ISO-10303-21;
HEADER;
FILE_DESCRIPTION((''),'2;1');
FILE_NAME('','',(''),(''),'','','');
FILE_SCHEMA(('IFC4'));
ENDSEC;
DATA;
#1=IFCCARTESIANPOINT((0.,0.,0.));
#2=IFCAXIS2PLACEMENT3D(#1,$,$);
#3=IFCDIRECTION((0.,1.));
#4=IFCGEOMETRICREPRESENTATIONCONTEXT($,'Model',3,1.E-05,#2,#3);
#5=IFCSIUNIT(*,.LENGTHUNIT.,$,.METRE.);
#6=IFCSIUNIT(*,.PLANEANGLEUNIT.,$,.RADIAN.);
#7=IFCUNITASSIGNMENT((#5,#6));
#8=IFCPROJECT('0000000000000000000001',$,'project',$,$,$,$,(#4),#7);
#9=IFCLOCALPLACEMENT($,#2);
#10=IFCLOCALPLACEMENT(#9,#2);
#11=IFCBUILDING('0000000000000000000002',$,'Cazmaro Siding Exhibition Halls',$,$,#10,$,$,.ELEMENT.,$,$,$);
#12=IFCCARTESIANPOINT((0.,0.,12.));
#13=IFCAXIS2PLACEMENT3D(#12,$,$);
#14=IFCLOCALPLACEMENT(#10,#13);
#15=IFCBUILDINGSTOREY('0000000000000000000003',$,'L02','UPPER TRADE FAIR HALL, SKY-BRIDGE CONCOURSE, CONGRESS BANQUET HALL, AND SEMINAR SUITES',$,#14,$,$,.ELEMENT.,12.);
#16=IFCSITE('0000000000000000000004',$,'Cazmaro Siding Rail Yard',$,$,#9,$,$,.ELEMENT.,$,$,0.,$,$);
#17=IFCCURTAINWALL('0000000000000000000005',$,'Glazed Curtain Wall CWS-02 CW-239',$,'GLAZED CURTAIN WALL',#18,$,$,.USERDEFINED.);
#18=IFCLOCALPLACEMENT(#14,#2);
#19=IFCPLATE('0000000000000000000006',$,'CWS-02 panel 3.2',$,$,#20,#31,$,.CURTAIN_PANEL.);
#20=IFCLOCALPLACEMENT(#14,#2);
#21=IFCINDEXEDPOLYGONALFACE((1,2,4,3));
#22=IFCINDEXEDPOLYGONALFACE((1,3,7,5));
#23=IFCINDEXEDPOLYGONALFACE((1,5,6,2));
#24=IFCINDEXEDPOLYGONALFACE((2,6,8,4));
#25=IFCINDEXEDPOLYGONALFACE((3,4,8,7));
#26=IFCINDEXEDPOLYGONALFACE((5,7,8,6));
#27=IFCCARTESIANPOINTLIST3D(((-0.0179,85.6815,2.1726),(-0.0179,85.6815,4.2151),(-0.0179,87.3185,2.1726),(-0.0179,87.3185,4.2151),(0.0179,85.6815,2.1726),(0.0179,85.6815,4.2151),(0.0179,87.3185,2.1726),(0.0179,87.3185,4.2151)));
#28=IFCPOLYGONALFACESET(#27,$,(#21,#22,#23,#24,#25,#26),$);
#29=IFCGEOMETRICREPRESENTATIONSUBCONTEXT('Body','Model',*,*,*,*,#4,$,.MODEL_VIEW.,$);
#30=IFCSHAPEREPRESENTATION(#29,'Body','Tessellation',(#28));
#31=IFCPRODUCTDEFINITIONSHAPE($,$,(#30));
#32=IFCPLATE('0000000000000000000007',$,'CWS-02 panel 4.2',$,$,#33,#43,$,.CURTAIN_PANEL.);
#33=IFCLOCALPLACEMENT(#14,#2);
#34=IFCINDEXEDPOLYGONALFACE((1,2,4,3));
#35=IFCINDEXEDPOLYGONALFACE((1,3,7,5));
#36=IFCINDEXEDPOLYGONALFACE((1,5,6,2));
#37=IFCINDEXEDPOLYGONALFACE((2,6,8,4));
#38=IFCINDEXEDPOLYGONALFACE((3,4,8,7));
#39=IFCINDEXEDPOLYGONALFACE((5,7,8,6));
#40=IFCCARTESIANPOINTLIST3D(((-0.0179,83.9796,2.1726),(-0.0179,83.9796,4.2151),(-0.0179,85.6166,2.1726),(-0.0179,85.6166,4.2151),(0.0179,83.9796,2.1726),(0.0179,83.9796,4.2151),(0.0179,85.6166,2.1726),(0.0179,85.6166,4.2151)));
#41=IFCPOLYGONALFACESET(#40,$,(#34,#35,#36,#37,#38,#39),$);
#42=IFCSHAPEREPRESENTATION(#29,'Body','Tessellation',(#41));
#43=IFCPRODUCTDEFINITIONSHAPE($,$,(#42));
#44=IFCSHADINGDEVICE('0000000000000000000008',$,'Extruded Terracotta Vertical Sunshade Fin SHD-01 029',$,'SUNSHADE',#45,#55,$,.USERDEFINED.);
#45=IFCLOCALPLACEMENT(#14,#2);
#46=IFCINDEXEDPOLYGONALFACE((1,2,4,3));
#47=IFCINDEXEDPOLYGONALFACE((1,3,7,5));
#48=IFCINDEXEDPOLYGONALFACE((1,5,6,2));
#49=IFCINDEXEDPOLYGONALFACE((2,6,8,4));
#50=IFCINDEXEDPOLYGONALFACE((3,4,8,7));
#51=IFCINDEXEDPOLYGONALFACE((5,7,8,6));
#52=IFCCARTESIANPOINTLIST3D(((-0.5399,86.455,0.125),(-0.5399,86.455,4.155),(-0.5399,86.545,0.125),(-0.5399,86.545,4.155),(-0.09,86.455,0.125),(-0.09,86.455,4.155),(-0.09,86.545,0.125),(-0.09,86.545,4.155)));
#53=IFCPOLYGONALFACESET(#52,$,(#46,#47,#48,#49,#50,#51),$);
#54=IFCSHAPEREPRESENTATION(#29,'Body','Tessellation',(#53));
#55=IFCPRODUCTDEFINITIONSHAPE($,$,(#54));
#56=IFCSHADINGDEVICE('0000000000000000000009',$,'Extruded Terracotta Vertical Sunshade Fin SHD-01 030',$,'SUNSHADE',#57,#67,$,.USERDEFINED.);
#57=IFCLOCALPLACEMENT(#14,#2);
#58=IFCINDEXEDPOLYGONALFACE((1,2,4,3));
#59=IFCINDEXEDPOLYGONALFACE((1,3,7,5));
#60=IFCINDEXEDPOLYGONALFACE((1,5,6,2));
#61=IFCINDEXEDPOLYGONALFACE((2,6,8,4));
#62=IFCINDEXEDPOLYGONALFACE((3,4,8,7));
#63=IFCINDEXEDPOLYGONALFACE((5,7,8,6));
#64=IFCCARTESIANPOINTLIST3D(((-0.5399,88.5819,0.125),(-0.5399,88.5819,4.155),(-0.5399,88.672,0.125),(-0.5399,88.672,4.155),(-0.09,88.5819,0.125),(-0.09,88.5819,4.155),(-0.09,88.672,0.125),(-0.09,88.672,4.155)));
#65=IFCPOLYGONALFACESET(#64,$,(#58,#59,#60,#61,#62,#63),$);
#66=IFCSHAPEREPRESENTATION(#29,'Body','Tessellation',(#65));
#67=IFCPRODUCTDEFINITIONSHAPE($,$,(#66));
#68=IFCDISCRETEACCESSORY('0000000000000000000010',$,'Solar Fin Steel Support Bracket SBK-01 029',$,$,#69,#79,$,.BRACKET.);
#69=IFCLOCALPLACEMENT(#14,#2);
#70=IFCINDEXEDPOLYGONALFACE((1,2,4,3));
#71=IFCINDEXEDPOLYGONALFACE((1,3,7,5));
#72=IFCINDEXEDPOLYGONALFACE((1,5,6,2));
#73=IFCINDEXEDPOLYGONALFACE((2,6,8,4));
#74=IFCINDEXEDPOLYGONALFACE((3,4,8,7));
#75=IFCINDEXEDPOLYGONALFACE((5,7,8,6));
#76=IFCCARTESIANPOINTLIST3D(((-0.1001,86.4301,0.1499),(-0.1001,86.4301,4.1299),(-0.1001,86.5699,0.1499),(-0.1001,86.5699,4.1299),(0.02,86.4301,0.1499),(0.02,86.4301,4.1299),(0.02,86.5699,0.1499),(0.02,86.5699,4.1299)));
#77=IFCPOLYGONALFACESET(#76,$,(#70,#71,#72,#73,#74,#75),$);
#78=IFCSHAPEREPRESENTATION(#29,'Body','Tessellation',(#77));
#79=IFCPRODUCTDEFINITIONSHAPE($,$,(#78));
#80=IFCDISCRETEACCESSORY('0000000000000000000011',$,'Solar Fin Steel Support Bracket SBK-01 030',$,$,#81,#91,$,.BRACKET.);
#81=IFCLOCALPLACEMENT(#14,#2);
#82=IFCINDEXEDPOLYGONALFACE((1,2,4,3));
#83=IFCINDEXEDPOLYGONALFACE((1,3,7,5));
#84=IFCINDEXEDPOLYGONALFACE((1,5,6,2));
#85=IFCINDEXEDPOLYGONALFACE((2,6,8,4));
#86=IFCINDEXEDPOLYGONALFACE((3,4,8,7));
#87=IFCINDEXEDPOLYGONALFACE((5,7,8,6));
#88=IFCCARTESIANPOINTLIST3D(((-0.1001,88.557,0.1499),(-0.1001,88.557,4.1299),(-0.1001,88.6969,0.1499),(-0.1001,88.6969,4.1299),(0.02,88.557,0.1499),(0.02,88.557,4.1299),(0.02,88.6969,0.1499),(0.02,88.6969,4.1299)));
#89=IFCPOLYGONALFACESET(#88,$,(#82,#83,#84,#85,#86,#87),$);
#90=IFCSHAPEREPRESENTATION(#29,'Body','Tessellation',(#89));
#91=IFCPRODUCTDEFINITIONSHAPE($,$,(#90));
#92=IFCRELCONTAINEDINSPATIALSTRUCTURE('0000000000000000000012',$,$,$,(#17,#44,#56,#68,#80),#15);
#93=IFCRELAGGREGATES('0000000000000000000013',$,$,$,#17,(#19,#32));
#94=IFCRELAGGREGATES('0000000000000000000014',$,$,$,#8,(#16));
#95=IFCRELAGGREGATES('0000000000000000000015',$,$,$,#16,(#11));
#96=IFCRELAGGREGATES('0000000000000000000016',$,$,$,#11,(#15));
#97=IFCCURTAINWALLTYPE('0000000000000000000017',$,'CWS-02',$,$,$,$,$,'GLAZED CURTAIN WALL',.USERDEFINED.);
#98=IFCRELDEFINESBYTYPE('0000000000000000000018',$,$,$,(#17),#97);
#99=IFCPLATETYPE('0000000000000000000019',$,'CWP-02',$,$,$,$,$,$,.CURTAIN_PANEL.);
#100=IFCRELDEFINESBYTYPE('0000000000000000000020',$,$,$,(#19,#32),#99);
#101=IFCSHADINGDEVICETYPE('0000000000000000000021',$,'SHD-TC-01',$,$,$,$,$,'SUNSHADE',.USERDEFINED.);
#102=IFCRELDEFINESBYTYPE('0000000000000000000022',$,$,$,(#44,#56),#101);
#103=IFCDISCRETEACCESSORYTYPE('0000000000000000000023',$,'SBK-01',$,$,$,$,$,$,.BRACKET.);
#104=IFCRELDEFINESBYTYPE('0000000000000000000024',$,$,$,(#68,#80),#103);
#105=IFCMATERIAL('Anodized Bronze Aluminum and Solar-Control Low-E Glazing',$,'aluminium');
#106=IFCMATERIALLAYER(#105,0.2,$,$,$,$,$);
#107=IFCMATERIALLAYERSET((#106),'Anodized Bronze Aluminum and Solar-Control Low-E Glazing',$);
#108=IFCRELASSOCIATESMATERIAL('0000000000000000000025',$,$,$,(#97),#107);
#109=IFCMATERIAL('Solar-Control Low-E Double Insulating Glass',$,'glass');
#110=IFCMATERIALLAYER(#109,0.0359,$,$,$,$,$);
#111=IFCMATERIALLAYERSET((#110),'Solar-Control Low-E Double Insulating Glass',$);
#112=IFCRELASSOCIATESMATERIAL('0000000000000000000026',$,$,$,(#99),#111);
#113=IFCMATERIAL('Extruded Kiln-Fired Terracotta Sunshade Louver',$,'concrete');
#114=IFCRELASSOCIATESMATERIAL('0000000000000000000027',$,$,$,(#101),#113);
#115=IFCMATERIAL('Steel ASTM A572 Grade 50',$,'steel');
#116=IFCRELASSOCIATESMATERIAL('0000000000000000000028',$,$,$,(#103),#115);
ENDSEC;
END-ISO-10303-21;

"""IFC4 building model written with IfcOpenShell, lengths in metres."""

from ifc_helpers import new_model, si_unit, direction, frame, origin, origin_2d, place, context, subcontext, project, spatial, rectangle, extrude, material, layer, layer_set, type_object, element, aggregate, save


model = new_model("IFC4")

# Units and contexts
model_context = context("Model", 3, precision=1e-05, world=origin(), true_north=direction((0.0, 1.0)))
body_context = subcontext(model_context, "Body", "Model", "MODEL_VIEW")
ifc_project = project(units=[si_unit("LENGTHUNIT", "METRE"), si_unit("PLANEANGLEUNIT", "RADIAN")], contexts=[model_context])

# Site, building, storey
site_placement = place(None, origin())
site = spatial("IfcSite", under=ifc_project, at=site_placement, Name="Cazmaro Siding Rail Yard", CompositionType="ELEMENT", RefElevation=0.0)
building_placement = place(site_placement, origin())
building = spatial("IfcBuilding", under=site, at=building_placement, Name="Cazmaro Siding Exhibition Halls", CompositionType="ELEMENT")
storey_placement = place(building_placement, frame((0.0, 0.0, 12.0)))
storey = spatial("IfcBuildingStorey", under=building, at=storey_placement, Name="L02", Description="UPPER TRADE FAIR HALL, SKY-BRIDGE CONCOURSE, CONGRESS BANQUET HALL, AND SEMINAR SUITES", CompositionType="ELEMENT", Elevation=12.0)

# Curtain wall
ifc_material_1 = material(Name="Anodized Bronze Aluminum and Solar-Control Low-E Glazing", Category="aluminium")
ifc_layer_1 = layer(ifc_material_1, 0.2)
ifc_layer_set_1 = layer_set([ifc_layer_1], Name="Anodized Bronze Aluminum and Solar-Control Low-E Glazing")
curtain_wall_type = type_object("IfcCurtainWallType", Name="CWS-02", ElementType="GLAZED CURTAIN WALL", PredefinedType="USERDEFINED", material=ifc_layer_set_1)
curtain_wall_placement = place(storey_placement, origin())
curtain_wall = element("IfcCurtainWall", 1, at=curtain_wall_placement, inside=storey, type_object=curtain_wall_type, Name="Glazed Curtain Wall CWS-02 CW-239", ObjectType="GLAZED CURTAIN WALL", PredefinedType="USERDEFINED")

# Plates
ifc_material_2 = material(Name="Solar-Control Low-E Double Insulating Glass", Category="glass")
ifc_layer_2 = layer(ifc_material_2, 0.0359)
ifc_layer_set_2 = layer_set([ifc_layer_2], Name="Solar-Control Low-E Double Insulating Glass")
plate_type = type_object("IfcPlateType", Name="CWP-02", PredefinedType="CURTAIN_PANEL", material=ifc_layer_set_2)
plate_1_placement = place(storey_placement, frame((0.0, 86.5, 2.1726), z_axis=(0.0, 0.0, 1.0), x_axis=(0.0, -1.0, 0.0)))
plate_1 = element("IfcPlate", 2, at=plate_1_placement, type_object=plate_type, Name="CWS-02 panel 3.2", PredefinedType="CURTAIN_PANEL", context=body_context, shape_type="SweptSolid", body=[
    extrude(rectangle(XDim=1.637, YDim=0.0359, at=origin_2d()), origin(), (0.0, 0.0, 1.0), 2.0425),
])
plate_2_placement = place(storey_placement, frame((0.0, 84.7981, 2.1726), z_axis=(0.0, 0.0, 1.0), x_axis=(0.0, -1.0, 0.0)))
plate_2 = element("IfcPlate", 3, at=plate_2_placement, type_object=plate_type, Name="CWS-02 panel 4.2", PredefinedType="CURTAIN_PANEL", context=body_context, shape_type="SweptSolid", body=[
    extrude(rectangle(XDim=1.637, YDim=0.0359, at=origin_2d()), origin(), (0.0, 0.0, 1.0), 2.0425),
])
aggregate(curtain_wall, [plate_1, plate_2])

# Shading devices
ifc_material_3 = material(Name="Extruded Kiln-Fired Terracotta Sunshade Louver", Category="concrete")
shading_device_type = type_object("IfcShadingDeviceType", Name="SHD-TC-01", ElementType="SUNSHADE", PredefinedType="USERDEFINED", material=ifc_material_3)
for number, where, z_axis, x_axis, name in (
    (4, (-0.3149, 86.5, 0.125), (0.0, 0.0, 1.0), (1.0, 0.0, 0.0), "Extruded Terracotta Vertical Sunshade Fin SHD-01 029"),
    (5, (-0.3149, 88.627, 0.125), (0.0, 0.0, 1.0), (1.0, 0.0, 0.0), "Extruded Terracotta Vertical Sunshade Fin SHD-01 030"),
):
    element("IfcShadingDevice", number, at=place(storey_placement, frame(where, z_axis=z_axis, x_axis=x_axis)), inside=storey, type_object=shading_device_type, Name=name, ObjectType="SUNSHADE", PredefinedType="USERDEFINED", context=body_context, shape_type="SweptSolid", body=[
        extrude(rectangle(XDim=0.45, YDim=0.0901, at=origin_2d()), origin(), (0.0, 0.0, 1.0), 4.03),
    ])

# Discrete accessories
ifc_material_4 = material(Name="Steel ASTM A572 Grade 50", Category="steel")
discrete_accessory_type = type_object("IfcDiscreteAccessoryType", Name="SBK-01", PredefinedType="BRACKET", material=ifc_material_4)
for number, where, z_axis, x_axis, name in (
    (6, (-0.04, 86.5, 0.1499), (0.0, 0.0, 1.0), (1.0, 0.0, 0.0), "Solar Fin Steel Support Bracket SBK-01 029"),
    (7, (-0.04, 88.627, 0.1499), (0.0, 0.0, 1.0), (1.0, 0.0, 0.0), "Solar Fin Steel Support Bracket SBK-01 030"),
):
    element("IfcDiscreteAccessory", number, at=place(storey_placement, frame(where, z_axis=z_axis, x_axis=x_axis)), inside=storey, type_object=discrete_accessory_type, Name=name, PredefinedType="BRACKET", context=body_context, shape_type="SweptSolid", body=[
        extrude(rectangle(XDim=0.1201, YDim=0.1399, at=origin_2d()), origin(), (0.0, 0.0, 1.0), 3.98),
    ])

save(model, "model.ifc")
